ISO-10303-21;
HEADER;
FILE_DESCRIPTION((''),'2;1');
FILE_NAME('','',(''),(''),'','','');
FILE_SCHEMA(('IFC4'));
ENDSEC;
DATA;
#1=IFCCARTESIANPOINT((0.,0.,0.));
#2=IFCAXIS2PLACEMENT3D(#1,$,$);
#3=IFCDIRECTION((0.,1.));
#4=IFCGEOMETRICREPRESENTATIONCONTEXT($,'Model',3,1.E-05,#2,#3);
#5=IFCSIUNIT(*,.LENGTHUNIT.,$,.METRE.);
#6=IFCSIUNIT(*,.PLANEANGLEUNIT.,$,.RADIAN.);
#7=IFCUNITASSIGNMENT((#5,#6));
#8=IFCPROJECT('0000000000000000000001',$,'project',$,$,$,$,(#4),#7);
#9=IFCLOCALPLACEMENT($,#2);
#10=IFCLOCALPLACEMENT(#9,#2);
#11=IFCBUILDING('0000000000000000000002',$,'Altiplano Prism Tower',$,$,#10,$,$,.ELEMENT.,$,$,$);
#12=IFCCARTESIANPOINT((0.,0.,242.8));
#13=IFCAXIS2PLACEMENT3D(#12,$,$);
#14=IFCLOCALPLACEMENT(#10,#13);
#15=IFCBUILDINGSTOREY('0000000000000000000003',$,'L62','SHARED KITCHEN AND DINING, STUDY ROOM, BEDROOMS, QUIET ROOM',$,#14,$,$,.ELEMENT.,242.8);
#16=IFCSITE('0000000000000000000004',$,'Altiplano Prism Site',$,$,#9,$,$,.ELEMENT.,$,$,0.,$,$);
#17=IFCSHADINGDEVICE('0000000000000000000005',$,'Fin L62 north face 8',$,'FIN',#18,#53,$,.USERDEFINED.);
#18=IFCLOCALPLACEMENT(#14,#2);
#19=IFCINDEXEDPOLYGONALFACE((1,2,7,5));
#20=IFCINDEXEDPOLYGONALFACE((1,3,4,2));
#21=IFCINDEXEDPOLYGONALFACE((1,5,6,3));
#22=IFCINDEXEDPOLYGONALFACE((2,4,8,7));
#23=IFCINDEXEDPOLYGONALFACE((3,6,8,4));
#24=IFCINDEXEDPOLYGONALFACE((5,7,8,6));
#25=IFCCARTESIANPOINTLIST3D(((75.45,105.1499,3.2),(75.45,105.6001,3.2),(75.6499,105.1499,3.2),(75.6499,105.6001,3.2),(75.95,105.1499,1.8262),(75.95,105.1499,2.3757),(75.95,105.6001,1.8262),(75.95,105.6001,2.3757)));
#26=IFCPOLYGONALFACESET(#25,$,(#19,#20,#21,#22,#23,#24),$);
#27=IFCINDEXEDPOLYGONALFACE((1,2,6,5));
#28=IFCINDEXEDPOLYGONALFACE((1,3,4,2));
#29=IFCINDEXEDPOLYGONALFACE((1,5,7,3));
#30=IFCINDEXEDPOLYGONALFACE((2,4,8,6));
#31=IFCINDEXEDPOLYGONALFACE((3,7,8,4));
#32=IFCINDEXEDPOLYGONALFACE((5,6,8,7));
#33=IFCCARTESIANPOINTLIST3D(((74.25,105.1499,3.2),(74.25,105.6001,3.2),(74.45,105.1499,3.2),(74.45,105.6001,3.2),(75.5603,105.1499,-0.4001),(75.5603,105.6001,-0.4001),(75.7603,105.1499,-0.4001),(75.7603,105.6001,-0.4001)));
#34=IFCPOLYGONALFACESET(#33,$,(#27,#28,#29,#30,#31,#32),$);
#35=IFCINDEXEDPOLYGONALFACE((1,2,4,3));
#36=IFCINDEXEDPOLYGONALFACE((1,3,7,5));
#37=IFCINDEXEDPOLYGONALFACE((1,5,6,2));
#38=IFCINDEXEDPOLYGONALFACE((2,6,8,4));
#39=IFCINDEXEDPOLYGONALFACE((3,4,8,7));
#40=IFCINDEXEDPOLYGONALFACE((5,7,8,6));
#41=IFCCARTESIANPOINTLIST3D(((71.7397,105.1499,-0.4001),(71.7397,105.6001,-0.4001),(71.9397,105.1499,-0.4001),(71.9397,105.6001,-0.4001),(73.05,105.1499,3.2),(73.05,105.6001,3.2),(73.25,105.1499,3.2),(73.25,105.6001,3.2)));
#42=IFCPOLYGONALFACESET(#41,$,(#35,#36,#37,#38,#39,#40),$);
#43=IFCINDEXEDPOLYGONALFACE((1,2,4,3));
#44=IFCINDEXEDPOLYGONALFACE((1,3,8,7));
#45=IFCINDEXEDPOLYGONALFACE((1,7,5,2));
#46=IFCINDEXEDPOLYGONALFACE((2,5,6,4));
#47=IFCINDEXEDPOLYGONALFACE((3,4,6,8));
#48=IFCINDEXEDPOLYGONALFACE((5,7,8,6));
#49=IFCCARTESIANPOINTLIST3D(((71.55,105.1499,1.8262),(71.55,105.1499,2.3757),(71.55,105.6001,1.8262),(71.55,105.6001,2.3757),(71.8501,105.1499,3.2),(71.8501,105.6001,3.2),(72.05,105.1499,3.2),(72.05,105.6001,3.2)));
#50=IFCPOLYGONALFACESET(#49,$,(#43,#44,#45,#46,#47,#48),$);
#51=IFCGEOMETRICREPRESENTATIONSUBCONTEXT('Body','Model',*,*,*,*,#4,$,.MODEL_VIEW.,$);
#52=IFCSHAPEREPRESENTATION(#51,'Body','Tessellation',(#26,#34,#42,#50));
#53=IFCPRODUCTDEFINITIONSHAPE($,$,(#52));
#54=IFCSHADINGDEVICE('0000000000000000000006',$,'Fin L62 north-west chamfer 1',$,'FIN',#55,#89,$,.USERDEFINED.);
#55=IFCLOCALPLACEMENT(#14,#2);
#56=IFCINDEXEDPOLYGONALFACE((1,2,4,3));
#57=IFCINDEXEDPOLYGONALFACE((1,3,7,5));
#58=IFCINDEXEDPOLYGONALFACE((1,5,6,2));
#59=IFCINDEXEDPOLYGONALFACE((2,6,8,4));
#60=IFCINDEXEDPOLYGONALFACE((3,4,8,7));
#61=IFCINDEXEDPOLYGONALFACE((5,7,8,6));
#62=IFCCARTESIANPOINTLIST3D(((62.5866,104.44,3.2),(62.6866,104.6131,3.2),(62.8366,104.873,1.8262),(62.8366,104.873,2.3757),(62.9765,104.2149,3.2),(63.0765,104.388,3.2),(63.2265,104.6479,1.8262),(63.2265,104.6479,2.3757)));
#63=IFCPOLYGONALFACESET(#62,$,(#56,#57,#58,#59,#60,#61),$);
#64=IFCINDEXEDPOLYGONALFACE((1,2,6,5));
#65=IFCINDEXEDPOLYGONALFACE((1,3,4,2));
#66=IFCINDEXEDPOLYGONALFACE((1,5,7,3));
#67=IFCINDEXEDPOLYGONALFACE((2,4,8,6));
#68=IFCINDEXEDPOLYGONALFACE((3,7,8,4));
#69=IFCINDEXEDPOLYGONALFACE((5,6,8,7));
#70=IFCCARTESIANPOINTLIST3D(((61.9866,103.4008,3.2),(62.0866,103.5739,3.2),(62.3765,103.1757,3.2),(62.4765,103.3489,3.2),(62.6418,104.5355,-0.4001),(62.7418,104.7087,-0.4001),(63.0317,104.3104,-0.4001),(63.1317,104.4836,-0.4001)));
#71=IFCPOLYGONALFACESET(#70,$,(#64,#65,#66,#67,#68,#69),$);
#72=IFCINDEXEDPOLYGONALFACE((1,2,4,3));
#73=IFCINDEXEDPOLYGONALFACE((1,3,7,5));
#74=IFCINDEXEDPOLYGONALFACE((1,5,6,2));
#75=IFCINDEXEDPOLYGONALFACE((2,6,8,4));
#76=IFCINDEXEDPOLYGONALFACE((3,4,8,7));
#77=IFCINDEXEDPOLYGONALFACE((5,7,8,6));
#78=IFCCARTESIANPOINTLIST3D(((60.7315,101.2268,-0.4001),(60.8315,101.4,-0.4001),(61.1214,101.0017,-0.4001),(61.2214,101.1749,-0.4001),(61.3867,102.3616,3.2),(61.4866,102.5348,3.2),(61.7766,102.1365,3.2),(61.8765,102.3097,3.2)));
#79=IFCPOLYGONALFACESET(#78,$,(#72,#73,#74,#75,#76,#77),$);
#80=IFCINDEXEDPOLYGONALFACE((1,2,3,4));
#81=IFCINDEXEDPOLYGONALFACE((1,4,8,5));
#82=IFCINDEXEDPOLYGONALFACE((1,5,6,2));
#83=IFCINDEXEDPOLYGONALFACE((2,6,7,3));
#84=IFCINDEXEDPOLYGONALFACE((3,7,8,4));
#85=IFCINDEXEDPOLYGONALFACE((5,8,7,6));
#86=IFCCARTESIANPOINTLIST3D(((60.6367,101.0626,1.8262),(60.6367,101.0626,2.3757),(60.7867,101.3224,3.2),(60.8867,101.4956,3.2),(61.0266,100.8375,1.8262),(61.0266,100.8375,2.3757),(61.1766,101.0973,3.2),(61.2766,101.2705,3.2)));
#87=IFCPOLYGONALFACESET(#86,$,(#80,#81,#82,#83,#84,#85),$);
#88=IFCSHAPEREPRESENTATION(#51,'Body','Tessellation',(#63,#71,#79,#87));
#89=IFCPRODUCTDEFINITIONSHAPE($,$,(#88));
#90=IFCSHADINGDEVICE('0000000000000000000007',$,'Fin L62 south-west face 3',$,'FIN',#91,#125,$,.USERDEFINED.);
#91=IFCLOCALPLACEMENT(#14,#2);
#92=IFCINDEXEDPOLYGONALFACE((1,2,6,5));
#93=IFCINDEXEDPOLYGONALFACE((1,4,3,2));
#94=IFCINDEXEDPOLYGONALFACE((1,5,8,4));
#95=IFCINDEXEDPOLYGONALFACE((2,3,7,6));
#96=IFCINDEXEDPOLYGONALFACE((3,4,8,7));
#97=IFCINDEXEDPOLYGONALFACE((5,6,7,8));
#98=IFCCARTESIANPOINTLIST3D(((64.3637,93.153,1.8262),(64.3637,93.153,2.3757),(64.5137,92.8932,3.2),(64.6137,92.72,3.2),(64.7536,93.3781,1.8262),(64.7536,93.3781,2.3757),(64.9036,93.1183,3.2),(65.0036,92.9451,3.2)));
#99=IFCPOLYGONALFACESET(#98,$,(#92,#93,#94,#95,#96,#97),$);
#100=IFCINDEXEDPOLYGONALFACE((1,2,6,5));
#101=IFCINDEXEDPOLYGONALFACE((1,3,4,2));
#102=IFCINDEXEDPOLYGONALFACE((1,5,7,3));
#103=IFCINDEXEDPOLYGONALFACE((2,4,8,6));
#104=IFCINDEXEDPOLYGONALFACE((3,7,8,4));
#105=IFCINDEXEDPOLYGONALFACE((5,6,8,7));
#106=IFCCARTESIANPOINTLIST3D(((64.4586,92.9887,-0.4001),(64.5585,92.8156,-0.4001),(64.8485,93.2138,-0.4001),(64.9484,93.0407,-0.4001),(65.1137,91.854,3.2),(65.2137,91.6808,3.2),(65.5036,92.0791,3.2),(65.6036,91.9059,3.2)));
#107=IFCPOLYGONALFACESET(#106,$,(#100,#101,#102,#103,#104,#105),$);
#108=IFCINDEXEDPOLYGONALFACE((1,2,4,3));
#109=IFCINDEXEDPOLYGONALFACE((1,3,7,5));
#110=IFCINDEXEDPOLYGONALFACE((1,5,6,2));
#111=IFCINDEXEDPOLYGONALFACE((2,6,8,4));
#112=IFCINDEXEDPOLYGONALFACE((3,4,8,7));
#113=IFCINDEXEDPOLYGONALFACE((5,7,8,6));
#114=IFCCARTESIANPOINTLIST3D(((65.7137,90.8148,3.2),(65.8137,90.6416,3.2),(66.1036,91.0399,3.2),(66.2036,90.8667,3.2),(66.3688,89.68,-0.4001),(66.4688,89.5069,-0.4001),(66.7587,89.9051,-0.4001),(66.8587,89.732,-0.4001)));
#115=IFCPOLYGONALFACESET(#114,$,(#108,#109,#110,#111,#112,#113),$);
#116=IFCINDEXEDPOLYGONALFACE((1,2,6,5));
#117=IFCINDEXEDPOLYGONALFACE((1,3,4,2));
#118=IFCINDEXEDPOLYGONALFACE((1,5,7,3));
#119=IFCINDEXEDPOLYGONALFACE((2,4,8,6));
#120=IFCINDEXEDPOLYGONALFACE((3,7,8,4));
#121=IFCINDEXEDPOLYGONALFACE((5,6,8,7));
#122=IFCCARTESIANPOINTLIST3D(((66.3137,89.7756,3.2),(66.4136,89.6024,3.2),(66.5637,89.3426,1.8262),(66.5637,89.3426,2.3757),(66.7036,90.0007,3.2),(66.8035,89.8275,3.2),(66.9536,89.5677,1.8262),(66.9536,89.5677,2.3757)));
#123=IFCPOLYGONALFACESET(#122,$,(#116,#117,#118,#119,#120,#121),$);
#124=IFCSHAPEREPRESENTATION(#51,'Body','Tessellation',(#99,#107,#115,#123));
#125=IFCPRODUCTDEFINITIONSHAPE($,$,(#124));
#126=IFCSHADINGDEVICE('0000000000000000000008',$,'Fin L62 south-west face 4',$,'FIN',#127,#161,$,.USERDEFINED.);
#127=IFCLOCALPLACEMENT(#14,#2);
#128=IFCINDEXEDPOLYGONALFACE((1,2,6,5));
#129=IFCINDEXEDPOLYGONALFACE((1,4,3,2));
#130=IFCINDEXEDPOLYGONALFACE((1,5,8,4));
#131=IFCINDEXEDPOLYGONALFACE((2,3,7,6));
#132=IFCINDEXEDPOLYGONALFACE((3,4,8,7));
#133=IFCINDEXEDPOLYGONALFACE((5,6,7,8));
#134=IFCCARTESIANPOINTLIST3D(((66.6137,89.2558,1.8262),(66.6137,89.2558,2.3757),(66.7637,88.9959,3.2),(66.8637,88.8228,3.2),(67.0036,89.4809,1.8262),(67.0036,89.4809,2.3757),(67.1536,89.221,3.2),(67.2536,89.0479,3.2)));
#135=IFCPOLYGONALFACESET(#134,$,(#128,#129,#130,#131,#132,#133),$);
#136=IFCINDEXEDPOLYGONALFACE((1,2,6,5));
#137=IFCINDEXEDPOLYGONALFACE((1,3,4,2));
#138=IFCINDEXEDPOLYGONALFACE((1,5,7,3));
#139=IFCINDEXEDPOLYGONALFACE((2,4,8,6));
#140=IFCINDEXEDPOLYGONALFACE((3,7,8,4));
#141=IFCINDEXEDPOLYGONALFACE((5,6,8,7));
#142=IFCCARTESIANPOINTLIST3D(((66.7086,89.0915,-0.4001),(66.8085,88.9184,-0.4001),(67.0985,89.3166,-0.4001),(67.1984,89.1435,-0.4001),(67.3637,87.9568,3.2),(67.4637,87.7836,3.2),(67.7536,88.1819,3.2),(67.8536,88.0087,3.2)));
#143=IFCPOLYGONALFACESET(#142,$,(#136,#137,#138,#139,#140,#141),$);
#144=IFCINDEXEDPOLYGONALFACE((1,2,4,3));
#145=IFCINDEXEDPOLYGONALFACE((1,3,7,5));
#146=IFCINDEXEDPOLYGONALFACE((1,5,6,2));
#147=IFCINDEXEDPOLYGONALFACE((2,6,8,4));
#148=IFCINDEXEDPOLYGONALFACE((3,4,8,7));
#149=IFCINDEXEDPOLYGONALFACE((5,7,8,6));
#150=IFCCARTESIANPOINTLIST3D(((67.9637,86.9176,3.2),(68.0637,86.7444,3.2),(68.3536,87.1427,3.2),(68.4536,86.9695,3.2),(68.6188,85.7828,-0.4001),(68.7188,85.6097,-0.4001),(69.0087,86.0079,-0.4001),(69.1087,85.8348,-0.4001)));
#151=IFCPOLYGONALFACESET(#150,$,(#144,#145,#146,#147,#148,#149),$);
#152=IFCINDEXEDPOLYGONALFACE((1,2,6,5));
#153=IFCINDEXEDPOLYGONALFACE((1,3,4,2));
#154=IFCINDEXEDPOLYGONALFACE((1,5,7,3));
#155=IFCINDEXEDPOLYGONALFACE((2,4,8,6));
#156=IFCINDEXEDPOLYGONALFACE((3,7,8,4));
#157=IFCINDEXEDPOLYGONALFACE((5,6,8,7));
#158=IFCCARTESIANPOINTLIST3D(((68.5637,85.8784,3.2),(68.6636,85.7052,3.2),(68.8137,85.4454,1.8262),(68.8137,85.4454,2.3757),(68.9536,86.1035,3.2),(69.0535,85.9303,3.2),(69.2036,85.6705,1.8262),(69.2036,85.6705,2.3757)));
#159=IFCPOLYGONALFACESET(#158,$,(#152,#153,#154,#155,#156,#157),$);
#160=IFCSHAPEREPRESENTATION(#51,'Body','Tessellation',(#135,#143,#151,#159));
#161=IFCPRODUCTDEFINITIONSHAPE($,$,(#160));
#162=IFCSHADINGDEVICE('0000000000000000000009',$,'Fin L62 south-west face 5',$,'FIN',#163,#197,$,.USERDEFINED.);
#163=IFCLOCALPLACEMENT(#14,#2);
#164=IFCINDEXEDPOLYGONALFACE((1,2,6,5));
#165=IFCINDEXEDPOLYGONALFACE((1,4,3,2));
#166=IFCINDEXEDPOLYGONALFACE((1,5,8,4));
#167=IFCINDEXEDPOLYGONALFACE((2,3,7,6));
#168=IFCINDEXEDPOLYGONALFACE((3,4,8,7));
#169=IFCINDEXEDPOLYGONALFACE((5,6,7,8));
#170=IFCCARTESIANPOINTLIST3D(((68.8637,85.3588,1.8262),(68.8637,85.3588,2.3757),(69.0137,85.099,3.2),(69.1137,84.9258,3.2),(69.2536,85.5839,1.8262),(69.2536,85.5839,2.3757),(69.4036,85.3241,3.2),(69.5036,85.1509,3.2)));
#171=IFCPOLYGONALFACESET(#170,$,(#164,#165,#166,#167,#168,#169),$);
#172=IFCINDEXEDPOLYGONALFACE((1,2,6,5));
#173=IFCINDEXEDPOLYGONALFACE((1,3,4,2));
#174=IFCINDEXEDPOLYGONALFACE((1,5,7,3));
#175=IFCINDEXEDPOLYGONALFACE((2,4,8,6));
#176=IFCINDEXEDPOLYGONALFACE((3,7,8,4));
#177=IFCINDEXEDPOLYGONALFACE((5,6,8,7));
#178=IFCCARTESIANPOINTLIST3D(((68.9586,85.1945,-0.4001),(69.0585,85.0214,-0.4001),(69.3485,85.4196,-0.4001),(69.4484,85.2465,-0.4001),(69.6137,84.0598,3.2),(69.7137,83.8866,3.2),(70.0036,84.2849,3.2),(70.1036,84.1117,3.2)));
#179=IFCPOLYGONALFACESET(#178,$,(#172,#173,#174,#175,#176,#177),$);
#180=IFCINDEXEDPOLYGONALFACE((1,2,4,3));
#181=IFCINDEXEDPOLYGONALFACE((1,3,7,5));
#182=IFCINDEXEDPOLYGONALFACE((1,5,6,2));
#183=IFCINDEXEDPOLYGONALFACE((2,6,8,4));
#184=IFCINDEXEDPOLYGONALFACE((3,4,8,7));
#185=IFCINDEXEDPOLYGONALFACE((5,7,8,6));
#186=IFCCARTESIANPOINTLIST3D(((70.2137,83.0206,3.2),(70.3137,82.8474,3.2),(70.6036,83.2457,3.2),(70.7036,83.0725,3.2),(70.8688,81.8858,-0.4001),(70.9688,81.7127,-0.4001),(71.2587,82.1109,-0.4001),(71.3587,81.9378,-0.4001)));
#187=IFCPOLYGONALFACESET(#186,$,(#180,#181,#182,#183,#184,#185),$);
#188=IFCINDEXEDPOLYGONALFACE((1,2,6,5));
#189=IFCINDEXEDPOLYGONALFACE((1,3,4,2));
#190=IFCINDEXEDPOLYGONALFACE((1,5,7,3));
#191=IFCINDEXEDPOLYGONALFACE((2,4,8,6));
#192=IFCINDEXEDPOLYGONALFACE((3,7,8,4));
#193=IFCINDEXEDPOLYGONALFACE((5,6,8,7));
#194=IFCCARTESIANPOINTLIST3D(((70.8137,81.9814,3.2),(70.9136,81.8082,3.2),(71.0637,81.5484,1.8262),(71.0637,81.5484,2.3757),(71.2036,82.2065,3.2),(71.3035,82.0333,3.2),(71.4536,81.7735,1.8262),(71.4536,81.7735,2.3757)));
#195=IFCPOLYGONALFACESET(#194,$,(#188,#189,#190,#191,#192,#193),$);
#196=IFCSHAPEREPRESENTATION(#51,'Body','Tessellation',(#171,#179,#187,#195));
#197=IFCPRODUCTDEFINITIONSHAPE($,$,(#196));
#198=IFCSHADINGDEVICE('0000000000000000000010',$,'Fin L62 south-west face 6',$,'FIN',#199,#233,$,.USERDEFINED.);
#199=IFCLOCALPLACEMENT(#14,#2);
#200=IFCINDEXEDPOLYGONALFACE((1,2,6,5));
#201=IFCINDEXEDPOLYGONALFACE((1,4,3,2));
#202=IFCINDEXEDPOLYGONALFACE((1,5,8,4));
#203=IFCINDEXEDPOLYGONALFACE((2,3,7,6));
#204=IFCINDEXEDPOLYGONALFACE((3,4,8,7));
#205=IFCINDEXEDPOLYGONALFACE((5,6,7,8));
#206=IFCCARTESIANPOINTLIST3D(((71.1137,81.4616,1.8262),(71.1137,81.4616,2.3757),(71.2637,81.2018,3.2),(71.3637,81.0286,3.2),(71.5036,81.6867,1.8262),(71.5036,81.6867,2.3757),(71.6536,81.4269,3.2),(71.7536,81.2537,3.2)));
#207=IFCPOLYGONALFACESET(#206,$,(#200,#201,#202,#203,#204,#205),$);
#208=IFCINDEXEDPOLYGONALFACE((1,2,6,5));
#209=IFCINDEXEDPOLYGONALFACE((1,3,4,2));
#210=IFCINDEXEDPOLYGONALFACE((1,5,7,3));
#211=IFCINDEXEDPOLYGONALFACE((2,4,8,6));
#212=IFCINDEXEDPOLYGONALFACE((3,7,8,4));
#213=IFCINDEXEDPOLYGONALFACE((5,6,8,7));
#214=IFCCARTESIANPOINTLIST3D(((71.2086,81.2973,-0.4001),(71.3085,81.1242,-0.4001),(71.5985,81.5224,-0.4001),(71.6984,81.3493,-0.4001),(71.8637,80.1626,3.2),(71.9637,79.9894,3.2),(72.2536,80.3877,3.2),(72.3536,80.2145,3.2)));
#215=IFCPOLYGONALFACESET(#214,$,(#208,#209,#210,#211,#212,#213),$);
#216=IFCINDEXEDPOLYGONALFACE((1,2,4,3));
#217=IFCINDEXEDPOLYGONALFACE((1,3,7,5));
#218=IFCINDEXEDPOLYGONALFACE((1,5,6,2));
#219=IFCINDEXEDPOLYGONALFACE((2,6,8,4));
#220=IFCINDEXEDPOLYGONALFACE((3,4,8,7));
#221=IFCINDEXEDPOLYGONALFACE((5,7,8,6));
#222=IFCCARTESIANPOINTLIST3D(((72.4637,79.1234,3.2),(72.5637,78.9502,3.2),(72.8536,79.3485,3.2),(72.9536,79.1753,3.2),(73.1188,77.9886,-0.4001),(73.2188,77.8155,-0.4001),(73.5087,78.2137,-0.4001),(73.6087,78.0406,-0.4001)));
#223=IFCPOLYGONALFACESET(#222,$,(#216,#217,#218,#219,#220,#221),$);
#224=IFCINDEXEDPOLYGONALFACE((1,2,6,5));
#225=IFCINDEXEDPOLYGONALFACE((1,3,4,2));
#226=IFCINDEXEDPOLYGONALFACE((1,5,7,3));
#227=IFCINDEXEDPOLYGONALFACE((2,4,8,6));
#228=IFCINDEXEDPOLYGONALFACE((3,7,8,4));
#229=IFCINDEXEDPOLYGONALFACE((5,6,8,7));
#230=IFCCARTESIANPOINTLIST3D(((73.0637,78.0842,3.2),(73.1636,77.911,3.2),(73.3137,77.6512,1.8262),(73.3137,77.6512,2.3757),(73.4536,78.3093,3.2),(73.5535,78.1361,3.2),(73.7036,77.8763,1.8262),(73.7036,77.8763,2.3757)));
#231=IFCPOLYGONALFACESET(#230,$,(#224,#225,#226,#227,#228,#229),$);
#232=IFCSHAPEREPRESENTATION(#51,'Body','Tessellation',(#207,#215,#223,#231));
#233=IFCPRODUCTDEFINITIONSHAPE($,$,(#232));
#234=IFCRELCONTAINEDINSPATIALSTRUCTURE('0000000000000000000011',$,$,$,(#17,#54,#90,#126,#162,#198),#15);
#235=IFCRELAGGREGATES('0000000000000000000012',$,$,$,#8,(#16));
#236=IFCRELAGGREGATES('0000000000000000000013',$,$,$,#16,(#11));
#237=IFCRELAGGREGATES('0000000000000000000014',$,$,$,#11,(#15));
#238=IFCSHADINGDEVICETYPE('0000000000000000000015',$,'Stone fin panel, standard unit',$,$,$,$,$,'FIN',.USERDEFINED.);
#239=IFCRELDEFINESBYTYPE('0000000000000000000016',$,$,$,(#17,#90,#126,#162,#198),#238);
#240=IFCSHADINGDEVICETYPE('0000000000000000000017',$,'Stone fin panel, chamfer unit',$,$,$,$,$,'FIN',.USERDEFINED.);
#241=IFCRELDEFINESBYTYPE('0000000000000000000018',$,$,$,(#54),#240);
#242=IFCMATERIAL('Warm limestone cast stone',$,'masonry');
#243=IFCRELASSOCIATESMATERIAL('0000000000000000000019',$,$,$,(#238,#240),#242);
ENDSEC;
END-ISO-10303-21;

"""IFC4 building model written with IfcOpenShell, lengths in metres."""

from ifc_helpers import new_model, si_unit, direction, frame, origin, place, context, subcontext, project, spatial, polyline, outline, extrude, source, transform, mapped, material, type_object, element, save


model = new_model("IFC4")

# Units and contexts
model_context = context("Model", 3, precision=1e-05, world=origin(), true_north=direction((0.0, 1.0)))
body_context = subcontext(model_context, "Body", "Model", "MODEL_VIEW")
ifc_project = project(units=[si_unit("LENGTHUNIT", "METRE"), si_unit("PLANEANGLEUNIT", "RADIAN")], contexts=[model_context])

# Site, building, storey
site_placement = place(None, origin())
site = spatial("IfcSite", under=ifc_project, at=site_placement, Name="Altiplano Prism Site", CompositionType="ELEMENT", RefElevation=0.0)
building_placement = place(site_placement, origin())
building = spatial("IfcBuilding", under=site, at=building_placement, Name="Altiplano Prism Tower", CompositionType="ELEMENT")
storey_placement = place(building_placement, frame((0.0, 0.0, 242.8)))
storey = spatial("IfcBuildingStorey", under=building, at=storey_placement, Name="L62", Description="SHARED KITCHEN AND DINING, STUDY ROOM, BEDROOMS, QUIET ROOM", CompositionType="ELEMENT", Elevation=242.8)

# Shading devices
ifc_material_1 = material(Name="Warm limestone cast stone", Category="masonry")
shading_device_type_1 = type_object("IfcShadingDeviceType", Name="Stone fin panel, standard unit", ElementType="FIN", PredefinedType="USERDEFINED", material=ifc_material_1)
shared_shape_1 = source(origin(), body_context, "Body", "SweptSolid", [
    extrude(outline(polyline([(-2.2, 2.2263), (-1.7, 3.6001), (-1.8999, 3.6001), (-2.2, 2.7759), (-2.2, 2.2263)])), frame((0.0, -0.1499, 0.0), z_axis=(0.0, -1.0, 0.0), x_axis=(1.0, 0.0, 0.0)), (0.0, 0.0, 1.0), 0.4502),
    extrude(outline(polyline([(-2.0103, 0.0), (-1.8103, 0.0), (-0.5, 3.6001), (-0.7, 3.6001), (-2.0103, 0.0)])), frame((0.0, -0.1499, 0.0), z_axis=(0.0, -1.0, 0.0), x_axis=(1.0, 0.0, 0.0)), (0.0, 0.0, 1.0), 0.4502),
    extrude(outline(polyline([(1.8103, 0.0), (2.0103, 0.0), (0.7, 3.6001), (0.5, 3.6001), (1.8103, 0.0)])), frame((0.0, -0.1499, 0.0), z_axis=(0.0, -1.0, 0.0), x_axis=(1.0, 0.0, 0.0)), (0.0, 0.0, 1.0), 0.4502),
    extrude(outline(polyline([(2.2, 2.7759), (1.8999, 3.6001), (1.7, 3.6001), (2.2, 2.2263), (2.2, 2.7759)])), frame((0.0, -0.1499, 0.0), z_axis=(0.0, -1.0, 0.0), x_axis=(1.0, 0.0, 0.0)), (0.0, 0.0, 1.0), 0.4502),
])
shading_device_1_placement = place(storey_placement, origin())
element("IfcShadingDevice", 1, at=shading_device_1_placement, inside=storey, type_object=shading_device_type_1, Name="Fin L62 north face 8", ObjectType="FIN", PredefinedType="USERDEFINED", context=body_context, shape_type="MappedRepresentation", body=[
    mapped(shared_shape_1, transform((73.75, 105.0, -0.4001), x_axis=(-1.0, 0.0, 0.0), y_axis=(0.0, -1.0, 0.0), z_axis=(0.0, 0.0, 1.0))),
])
shading_device_type_2 = type_object("IfcShadingDeviceType", Name="Stone fin panel, chamfer unit", ElementType="FIN", PredefinedType="USERDEFINED", material=ifc_material_1)
shading_device_2_placement = place(storey_placement, origin())
element("IfcShadingDevice", 2, at=shading_device_2_placement, inside=storey, type_object=shading_device_type_2, Name="Fin L62 north-west chamfer 1", ObjectType="FIN", PredefinedType="USERDEFINED", context=body_context, shape_type="MappedRepresentation", body=[
    mapped(shared_shape_1, transform((62.2563, 102.6677, -0.4001), x_axis=(-0.5, -0.866025, 0.0), y_axis=(0.866025, -0.5, 0.0), z_axis=(0.0, 0.0, 1.0))),
])
shading_device_3_placement = place(storey_placement, origin())
element("IfcShadingDevice", 3, at=shading_device_3_placement, inside=storey, type_object=shading_device_type_1, Name="Fin L62 south-west face 3", ObjectType="FIN", PredefinedType="USERDEFINED", context=body_context, shape_type="MappedRepresentation", body=[
    mapped(shared_shape_1, transform((65.9834, 91.5479, -0.4001), x_axis=(0.5, -0.866025, 0.0), y_axis=(0.866025, 0.5, 0.0), z_axis=(0.0, 0.0, 1.0))),
])
shading_device_4_placement = place(storey_placement, origin())
element("IfcShadingDevice", 4, at=shading_device_4_placement, inside=storey, type_object=shading_device_type_1, Name="Fin L62 south-west face 4", ObjectType="FIN", PredefinedType="USERDEFINED", context=body_context, shape_type="MappedRepresentation", body=[
    mapped(shared_shape_1, transform((68.2334, 87.6506, -0.4001), x_axis=(0.5, -0.866025, 0.0), y_axis=(0.866025, 0.5, 0.0), z_axis=(0.0, 0.0, 1.0))),
])
shading_device_5_placement = place(storey_placement, origin())
element("IfcShadingDevice", 5, at=shading_device_5_placement, inside=storey, type_object=shading_device_type_1, Name="Fin L62 south-west face 5", ObjectType="FIN", PredefinedType="USERDEFINED", context=body_context, shape_type="MappedRepresentation", body=[
    mapped(shared_shape_1, transform((70.4834, 83.7537, -0.4001), x_axis=(0.5, -0.866025, 0.0), y_axis=(0.866025, 0.5, 0.0), z_axis=(0.0, 0.0, 1.0))),
])
shading_device_6_placement = place(storey_placement, origin())
element("IfcShadingDevice", 6, at=shading_device_6_placement, inside=storey, type_object=shading_device_type_1, Name="Fin L62 south-west face 6", ObjectType="FIN", PredefinedType="USERDEFINED", context=body_context, shape_type="MappedRepresentation", body=[
    mapped(shared_shape_1, transform((72.7334, 79.8564, -0.4001), x_axis=(0.5, -0.866025, 0.0), y_axis=(0.866025, 0.5, 0.0), z_axis=(0.0, 0.0, 1.0))),
])

save(model, "model.ifc")
